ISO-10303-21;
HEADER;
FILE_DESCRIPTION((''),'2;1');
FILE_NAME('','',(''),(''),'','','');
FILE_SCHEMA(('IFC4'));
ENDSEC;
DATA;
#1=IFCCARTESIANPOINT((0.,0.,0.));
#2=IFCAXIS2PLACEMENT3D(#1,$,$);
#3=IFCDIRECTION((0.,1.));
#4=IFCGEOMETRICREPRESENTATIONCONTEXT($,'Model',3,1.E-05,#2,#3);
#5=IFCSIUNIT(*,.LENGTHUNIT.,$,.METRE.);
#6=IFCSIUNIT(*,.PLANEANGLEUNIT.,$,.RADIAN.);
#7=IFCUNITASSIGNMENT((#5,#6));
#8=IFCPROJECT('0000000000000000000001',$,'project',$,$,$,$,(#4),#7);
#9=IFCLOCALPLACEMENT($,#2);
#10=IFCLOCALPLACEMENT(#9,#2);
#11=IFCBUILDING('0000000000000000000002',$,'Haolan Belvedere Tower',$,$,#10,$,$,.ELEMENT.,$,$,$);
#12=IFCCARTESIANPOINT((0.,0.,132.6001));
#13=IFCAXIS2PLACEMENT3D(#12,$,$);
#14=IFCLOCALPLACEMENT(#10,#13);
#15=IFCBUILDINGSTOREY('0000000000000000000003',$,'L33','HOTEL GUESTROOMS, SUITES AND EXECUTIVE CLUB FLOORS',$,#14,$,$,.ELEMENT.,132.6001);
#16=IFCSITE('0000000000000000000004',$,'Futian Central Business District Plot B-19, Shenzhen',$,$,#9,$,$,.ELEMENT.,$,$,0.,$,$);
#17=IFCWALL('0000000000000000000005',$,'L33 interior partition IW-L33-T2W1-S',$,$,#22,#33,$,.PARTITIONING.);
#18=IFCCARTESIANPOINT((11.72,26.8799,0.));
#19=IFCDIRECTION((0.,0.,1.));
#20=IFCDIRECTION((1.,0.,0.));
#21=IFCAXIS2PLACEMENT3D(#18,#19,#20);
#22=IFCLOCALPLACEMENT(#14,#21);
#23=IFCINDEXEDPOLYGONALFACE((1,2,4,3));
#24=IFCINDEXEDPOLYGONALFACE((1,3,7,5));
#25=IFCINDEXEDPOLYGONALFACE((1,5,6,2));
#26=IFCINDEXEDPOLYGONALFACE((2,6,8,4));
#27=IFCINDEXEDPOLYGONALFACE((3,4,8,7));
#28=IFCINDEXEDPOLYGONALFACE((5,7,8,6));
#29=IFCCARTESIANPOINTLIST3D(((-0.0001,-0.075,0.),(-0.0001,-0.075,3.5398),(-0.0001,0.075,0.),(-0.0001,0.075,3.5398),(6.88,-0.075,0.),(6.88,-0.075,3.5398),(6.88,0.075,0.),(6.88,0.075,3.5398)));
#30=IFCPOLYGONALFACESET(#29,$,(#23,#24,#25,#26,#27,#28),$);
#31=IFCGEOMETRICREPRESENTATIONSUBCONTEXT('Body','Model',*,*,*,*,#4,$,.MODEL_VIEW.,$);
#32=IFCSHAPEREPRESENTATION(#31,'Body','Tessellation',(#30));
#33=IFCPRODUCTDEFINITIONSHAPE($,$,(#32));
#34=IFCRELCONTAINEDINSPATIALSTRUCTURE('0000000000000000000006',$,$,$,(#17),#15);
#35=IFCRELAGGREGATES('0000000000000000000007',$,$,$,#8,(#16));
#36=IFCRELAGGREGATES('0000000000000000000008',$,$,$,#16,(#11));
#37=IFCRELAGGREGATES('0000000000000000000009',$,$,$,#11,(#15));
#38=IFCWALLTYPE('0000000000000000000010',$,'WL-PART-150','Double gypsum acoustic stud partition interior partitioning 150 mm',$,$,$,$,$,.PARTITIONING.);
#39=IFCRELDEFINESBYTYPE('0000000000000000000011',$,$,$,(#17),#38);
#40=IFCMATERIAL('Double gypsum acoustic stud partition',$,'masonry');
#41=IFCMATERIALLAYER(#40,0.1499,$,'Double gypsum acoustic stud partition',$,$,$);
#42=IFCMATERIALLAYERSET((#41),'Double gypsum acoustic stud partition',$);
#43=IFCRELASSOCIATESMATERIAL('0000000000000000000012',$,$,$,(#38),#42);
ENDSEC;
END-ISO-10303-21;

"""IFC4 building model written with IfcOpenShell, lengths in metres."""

from ifc_helpers import new_model, si_unit, direction, frame, frame_2d, origin, place, context, subcontext, project, spatial, rectangle, extrude, material, layer, layer_set, type_object, element, save


model = new_model("IFC4")

# Units and contexts
model_context = context("Model", 3, precision=1e-05, world=origin(), true_north=direction((0.0, 1.0)))
body_context = subcontext(model_context, "Body", "Model", "MODEL_VIEW")
ifc_project = project(units=[si_unit("LENGTHUNIT", "METRE"), si_unit("PLANEANGLEUNIT", "RADIAN")], contexts=[model_context])

# Site, building, storey
site_placement = place(None, origin())
site = spatial("IfcSite", under=ifc_project, at=site_placement, Name="Futian Central Business District Plot B-19, Shenzhen", CompositionType="ELEMENT", RefElevation=0.0)
building_placement = place(site_placement, origin())
building = spatial("IfcBuilding", under=site, at=building_placement, Name="Haolan Belvedere Tower", CompositionType="ELEMENT")
storey_placement = place(building_placement, frame((0.0, 0.0, 132.6001)))
storey = spatial("IfcBuildingStorey", under=building, at=storey_placement, Name="L33", Description="HOTEL GUESTROOMS, SUITES AND EXECUTIVE CLUB FLOORS", CompositionType="ELEMENT", Elevation=132.6001)

# Wall
ifc_material_1 = material(Name="Double gypsum acoustic stud partition", Category="masonry")
ifc_layer_1 = layer(ifc_material_1, 0.1499, Name="Double gypsum acoustic stud partition")
ifc_layer_set_1 = layer_set([ifc_layer_1], Name="Double gypsum acoustic stud partition")
wall_type_1 = type_object("IfcWallType", Name="WL-PART-150", Description="Double gypsum acoustic stud partition interior partitioning 150 mm", PredefinedType="PARTITIONING", material=ifc_layer_set_1)
wall_1_placement = place(storey_placement, frame((11.72, 26.8799, 0.0), z_axis=(0.0, 0.0, 1.0), x_axis=(1.0, 0.0, 0.0)))
element("IfcWall", 1, at=wall_1_placement, inside=storey, type_object=wall_type_1, Name="L33 interior partition IW-L33-T2W1-S", PredefinedType="PARTITIONING", context=body_context, shape_type="SweptSolid", body=[
    extrude(rectangle(XDim=6.8801, YDim=0.1499, at=frame_2d((3.4399, 0.0))), origin(), (0.0, 0.0, 1.0), 3.5398),
])

save(model, "model.ifc")
